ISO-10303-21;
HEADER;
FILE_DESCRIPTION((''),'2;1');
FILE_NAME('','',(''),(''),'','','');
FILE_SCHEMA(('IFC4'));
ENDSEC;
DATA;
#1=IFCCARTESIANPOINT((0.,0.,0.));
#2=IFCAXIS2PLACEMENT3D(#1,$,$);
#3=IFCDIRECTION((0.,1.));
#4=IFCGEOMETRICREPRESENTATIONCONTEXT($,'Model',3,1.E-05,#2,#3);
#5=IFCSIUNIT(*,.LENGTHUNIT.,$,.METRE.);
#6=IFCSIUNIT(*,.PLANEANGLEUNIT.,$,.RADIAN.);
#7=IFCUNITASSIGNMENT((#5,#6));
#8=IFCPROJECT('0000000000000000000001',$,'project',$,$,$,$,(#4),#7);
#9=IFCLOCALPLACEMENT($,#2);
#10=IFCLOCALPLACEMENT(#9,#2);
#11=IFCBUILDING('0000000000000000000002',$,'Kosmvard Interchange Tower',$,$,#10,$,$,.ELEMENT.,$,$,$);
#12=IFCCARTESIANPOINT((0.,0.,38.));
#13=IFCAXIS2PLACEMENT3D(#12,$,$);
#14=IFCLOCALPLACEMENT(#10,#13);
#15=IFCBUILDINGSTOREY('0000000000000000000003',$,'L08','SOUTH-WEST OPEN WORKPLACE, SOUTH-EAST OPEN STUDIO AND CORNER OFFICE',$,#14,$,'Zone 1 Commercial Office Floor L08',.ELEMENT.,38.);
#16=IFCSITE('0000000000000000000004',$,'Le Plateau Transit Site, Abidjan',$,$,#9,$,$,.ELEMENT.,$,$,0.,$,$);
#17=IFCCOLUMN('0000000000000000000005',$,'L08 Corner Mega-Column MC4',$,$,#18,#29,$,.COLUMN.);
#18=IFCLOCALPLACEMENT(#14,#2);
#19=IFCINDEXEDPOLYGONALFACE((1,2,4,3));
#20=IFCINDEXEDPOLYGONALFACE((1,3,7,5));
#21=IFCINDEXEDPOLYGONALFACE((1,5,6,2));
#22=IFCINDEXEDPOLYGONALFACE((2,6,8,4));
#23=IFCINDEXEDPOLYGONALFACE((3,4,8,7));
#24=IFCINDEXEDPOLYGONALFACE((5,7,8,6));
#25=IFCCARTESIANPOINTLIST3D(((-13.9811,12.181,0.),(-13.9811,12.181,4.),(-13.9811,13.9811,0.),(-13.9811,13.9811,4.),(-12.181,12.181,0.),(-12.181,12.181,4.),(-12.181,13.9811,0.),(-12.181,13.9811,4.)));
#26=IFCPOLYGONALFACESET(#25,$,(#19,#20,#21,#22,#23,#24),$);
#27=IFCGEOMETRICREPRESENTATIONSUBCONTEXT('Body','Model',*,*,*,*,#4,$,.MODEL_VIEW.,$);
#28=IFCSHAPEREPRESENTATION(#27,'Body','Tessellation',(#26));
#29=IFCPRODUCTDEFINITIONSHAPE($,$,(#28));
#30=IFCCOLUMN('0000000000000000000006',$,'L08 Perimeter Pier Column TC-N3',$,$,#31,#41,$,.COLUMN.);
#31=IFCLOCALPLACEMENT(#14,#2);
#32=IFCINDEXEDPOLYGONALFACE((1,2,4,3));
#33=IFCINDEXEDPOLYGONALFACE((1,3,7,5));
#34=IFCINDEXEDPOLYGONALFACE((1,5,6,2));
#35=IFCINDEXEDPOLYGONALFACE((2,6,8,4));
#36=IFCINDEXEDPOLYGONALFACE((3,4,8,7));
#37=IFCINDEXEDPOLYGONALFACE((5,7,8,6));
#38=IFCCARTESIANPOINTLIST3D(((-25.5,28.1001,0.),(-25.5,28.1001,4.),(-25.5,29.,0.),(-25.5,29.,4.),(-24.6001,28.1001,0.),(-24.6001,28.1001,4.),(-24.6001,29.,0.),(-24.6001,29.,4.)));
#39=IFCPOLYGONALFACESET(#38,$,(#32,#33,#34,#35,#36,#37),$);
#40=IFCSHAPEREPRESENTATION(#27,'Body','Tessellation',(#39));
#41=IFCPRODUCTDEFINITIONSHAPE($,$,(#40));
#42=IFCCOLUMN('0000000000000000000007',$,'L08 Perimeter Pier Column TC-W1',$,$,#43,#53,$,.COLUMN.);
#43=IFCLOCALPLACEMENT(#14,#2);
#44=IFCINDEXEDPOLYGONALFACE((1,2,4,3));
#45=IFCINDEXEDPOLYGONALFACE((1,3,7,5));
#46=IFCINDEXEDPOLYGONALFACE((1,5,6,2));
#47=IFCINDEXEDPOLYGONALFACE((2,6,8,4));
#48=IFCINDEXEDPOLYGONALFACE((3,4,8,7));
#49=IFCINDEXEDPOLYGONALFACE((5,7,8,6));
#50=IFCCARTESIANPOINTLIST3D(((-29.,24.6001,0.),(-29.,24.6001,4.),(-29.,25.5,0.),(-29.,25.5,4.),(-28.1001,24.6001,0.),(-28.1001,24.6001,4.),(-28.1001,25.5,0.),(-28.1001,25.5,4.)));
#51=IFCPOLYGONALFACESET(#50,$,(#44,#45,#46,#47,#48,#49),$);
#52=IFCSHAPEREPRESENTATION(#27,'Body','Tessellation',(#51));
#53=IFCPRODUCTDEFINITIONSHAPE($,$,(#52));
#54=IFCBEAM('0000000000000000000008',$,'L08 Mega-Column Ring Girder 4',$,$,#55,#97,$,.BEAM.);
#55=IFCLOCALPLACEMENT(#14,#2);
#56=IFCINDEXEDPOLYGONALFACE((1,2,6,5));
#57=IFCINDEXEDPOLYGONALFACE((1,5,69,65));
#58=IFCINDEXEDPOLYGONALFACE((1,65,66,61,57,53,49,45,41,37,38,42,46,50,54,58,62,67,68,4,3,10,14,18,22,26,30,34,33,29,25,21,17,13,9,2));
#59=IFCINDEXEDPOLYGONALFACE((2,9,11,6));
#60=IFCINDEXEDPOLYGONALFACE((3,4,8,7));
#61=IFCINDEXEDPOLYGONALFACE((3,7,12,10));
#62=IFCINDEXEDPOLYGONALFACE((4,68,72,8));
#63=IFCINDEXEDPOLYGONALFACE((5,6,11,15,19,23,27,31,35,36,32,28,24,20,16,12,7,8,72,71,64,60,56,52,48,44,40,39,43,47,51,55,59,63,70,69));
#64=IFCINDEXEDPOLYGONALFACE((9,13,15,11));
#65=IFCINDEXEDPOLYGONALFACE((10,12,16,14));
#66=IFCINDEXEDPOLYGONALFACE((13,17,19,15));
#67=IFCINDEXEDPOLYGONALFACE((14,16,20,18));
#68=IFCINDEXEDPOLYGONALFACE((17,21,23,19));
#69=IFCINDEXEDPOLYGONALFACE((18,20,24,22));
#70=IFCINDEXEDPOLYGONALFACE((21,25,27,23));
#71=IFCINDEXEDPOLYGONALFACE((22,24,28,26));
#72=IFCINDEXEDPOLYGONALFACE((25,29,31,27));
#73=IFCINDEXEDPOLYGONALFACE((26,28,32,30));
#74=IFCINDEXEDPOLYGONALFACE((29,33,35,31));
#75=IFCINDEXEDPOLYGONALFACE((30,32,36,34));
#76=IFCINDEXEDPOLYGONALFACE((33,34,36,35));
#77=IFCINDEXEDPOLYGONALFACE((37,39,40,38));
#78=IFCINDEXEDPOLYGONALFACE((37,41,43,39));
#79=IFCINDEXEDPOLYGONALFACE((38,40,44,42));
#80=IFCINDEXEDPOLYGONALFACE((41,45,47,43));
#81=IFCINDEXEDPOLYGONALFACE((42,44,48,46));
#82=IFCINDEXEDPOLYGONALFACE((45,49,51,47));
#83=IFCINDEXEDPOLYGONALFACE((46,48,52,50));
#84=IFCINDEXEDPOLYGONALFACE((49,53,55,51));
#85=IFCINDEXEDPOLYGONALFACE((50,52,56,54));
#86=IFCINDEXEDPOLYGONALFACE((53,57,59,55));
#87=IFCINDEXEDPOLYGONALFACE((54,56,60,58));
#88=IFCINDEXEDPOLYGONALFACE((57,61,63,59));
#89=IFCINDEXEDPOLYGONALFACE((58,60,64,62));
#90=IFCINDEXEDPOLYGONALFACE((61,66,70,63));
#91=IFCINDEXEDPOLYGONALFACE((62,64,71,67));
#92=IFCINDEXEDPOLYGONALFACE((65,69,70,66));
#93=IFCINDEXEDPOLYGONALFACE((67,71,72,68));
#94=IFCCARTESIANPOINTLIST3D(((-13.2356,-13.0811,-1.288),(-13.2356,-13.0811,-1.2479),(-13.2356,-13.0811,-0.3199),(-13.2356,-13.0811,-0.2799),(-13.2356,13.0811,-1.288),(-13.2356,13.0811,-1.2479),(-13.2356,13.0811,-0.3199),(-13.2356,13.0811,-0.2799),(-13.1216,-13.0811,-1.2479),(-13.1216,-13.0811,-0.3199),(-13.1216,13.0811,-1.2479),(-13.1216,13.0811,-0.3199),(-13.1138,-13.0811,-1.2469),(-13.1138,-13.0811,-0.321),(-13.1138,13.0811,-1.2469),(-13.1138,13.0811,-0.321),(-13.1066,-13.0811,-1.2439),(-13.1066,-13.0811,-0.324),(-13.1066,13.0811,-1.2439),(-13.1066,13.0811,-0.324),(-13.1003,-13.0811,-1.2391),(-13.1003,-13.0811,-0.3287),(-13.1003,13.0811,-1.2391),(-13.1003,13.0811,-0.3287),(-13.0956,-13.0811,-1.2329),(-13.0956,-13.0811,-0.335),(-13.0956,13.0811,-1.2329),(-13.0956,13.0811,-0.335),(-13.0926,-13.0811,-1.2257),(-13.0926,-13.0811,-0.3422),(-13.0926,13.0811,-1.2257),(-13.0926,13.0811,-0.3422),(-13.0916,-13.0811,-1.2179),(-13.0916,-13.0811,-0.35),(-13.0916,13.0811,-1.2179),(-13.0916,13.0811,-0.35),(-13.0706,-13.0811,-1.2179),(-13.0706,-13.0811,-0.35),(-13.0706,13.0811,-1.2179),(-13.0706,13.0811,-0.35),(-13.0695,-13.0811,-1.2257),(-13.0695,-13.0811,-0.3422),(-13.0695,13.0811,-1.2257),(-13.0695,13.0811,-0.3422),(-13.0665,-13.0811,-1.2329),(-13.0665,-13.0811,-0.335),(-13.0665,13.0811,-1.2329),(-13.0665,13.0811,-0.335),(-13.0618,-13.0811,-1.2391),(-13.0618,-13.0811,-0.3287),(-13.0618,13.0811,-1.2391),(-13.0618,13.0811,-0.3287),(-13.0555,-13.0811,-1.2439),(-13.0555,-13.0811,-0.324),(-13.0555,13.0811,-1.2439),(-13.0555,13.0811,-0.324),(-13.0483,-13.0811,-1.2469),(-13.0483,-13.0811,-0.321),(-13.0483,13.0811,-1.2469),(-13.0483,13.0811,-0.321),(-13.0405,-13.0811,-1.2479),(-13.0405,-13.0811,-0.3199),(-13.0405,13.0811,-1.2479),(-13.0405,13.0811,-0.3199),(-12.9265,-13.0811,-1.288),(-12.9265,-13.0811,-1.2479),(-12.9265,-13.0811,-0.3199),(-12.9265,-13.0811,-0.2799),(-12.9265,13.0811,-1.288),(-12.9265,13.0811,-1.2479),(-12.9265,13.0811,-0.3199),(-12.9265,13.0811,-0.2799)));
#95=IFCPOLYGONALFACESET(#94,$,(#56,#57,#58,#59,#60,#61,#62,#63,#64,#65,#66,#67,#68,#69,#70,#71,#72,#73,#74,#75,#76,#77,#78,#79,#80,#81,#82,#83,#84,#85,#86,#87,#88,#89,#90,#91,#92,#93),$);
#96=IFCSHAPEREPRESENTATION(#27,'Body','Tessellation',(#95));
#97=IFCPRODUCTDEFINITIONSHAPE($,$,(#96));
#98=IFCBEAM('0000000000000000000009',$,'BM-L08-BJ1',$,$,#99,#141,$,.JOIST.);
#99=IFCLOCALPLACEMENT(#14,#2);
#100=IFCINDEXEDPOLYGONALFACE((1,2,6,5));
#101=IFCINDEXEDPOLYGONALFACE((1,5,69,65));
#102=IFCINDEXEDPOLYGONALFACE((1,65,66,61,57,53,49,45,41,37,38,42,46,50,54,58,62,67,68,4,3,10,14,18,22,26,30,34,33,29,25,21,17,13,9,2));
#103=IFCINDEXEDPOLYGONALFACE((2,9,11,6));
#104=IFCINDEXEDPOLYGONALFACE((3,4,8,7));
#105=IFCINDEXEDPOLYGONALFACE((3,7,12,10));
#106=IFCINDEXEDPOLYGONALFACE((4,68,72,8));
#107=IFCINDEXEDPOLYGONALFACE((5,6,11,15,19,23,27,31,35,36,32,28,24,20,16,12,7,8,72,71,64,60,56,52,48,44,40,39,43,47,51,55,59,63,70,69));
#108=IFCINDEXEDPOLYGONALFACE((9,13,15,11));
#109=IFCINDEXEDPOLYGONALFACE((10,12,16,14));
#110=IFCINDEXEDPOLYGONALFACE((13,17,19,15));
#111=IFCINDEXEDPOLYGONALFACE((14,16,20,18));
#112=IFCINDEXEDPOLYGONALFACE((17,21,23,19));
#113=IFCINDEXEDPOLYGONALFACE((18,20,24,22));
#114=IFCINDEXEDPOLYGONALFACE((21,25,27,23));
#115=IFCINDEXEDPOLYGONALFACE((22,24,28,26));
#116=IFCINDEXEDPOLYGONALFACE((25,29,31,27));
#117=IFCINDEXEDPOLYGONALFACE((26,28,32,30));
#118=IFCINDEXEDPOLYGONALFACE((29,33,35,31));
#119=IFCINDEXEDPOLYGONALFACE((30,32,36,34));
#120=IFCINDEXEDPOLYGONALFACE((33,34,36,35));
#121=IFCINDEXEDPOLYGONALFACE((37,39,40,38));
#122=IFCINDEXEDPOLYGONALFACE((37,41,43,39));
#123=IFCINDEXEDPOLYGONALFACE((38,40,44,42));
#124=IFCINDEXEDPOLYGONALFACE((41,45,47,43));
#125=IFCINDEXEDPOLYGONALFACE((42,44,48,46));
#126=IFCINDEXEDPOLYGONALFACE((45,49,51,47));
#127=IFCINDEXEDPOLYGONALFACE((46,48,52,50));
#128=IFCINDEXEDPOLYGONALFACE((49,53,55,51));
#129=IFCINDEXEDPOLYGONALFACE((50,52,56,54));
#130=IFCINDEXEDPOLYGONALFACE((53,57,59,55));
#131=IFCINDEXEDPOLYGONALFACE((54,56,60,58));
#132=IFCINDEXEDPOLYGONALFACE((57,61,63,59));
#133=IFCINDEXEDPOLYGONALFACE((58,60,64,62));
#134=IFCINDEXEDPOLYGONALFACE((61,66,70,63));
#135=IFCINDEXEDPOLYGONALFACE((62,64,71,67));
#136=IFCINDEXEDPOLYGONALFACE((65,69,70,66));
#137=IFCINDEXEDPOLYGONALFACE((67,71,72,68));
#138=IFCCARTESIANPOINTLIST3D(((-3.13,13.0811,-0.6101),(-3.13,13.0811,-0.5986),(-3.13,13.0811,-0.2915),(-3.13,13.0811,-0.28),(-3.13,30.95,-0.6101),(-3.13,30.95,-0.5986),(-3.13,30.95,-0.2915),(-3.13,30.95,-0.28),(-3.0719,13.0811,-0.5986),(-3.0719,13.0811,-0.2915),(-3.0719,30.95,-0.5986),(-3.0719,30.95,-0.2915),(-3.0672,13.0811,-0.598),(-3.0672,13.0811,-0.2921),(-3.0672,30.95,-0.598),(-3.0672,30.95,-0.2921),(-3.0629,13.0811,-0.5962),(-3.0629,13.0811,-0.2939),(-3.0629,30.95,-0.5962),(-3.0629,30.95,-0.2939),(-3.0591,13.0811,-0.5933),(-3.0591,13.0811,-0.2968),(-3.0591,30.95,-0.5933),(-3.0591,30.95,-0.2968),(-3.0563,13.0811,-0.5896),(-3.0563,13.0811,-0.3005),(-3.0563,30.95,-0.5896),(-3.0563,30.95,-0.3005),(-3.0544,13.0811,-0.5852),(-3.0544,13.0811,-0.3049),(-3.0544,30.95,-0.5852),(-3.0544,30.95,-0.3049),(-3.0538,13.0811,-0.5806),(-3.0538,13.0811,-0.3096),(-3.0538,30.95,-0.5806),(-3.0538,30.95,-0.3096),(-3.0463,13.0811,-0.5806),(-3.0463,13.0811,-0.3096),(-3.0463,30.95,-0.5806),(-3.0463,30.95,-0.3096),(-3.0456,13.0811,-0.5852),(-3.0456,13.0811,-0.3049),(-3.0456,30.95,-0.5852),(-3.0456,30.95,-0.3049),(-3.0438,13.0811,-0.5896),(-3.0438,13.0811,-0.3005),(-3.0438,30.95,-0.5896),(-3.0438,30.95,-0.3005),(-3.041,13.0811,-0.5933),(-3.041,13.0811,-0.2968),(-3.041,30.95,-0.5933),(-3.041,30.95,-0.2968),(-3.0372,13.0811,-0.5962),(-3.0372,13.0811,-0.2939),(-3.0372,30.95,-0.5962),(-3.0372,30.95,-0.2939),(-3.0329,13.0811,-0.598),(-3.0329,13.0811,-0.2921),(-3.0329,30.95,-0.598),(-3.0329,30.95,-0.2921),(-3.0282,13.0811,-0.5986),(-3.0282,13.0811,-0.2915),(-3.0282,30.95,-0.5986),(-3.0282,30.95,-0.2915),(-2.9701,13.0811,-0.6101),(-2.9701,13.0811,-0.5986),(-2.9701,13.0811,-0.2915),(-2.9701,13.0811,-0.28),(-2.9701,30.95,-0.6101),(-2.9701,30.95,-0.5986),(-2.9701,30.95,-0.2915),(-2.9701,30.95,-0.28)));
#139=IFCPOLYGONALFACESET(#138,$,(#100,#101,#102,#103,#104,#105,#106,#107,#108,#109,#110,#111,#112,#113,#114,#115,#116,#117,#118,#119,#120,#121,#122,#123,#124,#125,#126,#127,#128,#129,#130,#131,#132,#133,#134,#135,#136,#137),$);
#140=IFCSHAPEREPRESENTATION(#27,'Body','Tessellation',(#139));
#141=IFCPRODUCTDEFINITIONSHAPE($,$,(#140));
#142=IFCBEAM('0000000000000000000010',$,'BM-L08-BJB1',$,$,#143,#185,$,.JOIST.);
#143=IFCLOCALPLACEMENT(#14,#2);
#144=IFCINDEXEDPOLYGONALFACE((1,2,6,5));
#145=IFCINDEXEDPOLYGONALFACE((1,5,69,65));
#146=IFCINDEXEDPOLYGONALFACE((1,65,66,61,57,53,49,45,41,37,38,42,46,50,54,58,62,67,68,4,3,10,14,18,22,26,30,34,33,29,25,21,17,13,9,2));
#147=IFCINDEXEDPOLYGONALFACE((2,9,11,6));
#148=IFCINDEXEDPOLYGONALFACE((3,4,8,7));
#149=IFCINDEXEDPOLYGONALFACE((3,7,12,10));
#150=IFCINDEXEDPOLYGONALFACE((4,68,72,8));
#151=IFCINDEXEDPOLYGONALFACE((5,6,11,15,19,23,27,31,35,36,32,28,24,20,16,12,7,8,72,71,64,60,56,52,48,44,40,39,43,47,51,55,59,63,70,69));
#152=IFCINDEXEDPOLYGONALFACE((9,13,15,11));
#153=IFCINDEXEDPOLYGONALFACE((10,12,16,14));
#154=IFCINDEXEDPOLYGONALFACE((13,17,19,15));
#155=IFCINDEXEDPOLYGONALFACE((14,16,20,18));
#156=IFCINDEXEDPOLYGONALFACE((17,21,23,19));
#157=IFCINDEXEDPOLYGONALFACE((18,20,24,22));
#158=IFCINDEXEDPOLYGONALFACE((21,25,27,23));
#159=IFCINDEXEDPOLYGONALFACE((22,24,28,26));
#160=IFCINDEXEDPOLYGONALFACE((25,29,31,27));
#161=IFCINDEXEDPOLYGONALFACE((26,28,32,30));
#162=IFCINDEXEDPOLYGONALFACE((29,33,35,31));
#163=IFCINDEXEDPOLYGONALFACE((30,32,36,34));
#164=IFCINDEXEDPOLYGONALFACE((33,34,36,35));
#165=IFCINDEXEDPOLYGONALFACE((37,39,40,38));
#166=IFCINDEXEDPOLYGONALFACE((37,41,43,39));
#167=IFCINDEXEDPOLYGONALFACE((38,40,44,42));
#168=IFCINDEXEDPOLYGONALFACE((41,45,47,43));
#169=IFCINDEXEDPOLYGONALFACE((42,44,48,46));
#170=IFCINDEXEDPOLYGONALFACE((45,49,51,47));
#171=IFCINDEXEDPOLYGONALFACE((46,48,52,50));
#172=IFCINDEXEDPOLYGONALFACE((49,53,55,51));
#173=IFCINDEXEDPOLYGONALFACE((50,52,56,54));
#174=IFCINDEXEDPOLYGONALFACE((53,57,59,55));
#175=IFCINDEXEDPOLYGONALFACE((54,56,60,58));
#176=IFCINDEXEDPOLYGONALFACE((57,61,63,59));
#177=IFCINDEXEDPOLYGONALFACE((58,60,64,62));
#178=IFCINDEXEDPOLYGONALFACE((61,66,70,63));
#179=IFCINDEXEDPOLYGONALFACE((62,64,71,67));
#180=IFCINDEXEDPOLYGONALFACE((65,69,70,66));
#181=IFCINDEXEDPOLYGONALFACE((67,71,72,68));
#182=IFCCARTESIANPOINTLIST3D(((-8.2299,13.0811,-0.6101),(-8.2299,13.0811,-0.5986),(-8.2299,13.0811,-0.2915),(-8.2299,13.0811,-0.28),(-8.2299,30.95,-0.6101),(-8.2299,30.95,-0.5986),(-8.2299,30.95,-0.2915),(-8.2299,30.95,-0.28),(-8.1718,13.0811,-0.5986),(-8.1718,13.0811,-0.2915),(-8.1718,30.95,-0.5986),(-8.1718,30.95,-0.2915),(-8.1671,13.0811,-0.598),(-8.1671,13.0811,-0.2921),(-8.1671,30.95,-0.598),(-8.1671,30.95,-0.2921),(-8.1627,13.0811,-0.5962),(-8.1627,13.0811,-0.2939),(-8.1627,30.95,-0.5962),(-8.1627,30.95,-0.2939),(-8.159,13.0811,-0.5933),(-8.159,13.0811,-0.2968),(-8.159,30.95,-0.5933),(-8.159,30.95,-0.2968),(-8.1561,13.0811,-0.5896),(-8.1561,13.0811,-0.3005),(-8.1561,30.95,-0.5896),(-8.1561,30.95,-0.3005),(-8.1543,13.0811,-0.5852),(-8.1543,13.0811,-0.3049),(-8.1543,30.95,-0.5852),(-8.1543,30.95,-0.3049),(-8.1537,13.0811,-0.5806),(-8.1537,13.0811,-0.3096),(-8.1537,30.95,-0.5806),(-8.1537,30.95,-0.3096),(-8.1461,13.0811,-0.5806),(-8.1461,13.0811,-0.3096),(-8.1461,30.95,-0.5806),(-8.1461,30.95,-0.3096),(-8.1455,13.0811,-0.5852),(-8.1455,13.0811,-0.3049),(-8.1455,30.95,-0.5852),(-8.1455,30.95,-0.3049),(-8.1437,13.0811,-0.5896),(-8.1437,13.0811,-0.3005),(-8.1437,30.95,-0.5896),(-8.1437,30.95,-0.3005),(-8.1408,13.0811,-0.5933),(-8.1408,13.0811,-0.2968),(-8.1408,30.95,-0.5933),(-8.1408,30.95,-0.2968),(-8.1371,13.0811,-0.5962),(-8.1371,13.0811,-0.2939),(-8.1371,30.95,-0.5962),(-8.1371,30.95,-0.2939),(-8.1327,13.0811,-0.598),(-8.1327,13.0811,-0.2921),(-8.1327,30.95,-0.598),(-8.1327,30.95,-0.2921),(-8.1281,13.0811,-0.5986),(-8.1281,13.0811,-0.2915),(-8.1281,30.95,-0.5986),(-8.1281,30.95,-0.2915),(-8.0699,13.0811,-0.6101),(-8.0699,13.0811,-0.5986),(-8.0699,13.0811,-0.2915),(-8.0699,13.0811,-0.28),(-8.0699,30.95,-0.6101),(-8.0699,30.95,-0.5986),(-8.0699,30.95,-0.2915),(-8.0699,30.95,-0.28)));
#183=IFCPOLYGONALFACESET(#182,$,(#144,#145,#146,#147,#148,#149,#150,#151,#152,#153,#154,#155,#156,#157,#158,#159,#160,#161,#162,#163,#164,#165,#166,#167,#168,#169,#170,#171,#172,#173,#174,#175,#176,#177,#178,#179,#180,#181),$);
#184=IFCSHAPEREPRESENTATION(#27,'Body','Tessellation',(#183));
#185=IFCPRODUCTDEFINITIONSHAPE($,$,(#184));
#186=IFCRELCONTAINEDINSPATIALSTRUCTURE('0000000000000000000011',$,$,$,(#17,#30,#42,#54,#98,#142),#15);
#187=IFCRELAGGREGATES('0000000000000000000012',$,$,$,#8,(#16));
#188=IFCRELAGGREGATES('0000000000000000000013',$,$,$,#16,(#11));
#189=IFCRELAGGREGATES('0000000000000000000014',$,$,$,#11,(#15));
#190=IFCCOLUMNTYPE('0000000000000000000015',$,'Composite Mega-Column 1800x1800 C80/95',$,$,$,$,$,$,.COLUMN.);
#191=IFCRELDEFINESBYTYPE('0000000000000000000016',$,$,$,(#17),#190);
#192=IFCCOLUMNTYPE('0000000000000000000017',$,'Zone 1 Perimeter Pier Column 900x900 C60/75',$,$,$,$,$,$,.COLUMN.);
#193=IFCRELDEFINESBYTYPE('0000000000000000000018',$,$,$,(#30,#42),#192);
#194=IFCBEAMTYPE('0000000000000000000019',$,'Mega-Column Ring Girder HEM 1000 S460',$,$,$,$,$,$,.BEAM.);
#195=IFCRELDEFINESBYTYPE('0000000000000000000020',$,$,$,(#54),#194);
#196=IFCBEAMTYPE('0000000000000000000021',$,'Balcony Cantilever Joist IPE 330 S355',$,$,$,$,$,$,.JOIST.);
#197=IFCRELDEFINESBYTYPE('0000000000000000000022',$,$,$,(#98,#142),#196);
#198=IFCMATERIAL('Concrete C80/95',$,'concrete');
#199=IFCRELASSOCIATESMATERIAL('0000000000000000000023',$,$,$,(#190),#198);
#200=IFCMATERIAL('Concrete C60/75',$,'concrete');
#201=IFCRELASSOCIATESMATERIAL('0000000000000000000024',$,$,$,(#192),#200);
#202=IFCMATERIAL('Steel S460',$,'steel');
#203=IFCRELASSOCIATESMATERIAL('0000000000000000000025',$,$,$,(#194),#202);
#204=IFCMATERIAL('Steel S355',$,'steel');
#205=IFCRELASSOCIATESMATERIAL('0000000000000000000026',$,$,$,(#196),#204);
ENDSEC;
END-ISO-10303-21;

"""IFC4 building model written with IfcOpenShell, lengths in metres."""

from ifc_helpers import new_model, si_unit, direction, frame, origin, origin_2d, place, context, subcontext, project, spatial, rectangle, i_section, extrude, source, transform, mapped, material, material_profile, profile_set, type_object, element, save


model = new_model("IFC4")

# Units and contexts
model_context = context("Model", 3, precision=1e-05, world=origin(), true_north=direction((0.0, 1.0)))
body_context = subcontext(model_context, "Body", "Model", "MODEL_VIEW")
ifc_project = project(units=[si_unit("LENGTHUNIT", "METRE"), si_unit("PLANEANGLEUNIT", "RADIAN")], contexts=[model_context])

# Site, building, storey
site_placement = place(None, origin())
site = spatial("IfcSite", under=ifc_project, at=site_placement, Name="Le Plateau Transit Site, Abidjan", CompositionType="ELEMENT", RefElevation=0.0)
building_placement = place(site_placement, origin())
building = spatial("IfcBuilding", under=site, at=building_placement, Name="Kosmvard Interchange Tower", CompositionType="ELEMENT")
storey_placement = place(building_placement, frame((0.0, 0.0, 38.0)))
storey = spatial("IfcBuildingStorey", under=building, at=storey_placement, Name="L08", Description="SOUTH-WEST OPEN WORKPLACE, SOUTH-EAST OPEN STUDIO AND CORNER OFFICE", LongName="Zone 1 Commercial Office Floor L08", CompositionType="ELEMENT", Elevation=38.0)

# Columns
ifc_material_1 = material(Name="Concrete C80/95", Category="concrete")
ifc_material_profile_1 = material_profile(ifc_material_1, rectangle(XDim=1.8, YDim=1.8, at=origin_2d()), Name="MC 1800x1800")
ifc_profile_set_1 = profile_set([ifc_material_profile_1], Name="Concrete C80/95")
column_type_1 = type_object("IfcColumnType", Name="Composite Mega-Column 1800x1800 C80/95", PredefinedType="COLUMN", material=ifc_profile_set_1)
shared_shape_1 = source(origin(), body_context, "Body", "SweptSolid", [
    extrude(rectangle(XDim=1.8, YDim=1.8, at=origin_2d()), origin(), (0.0, 0.0, 1.0), 4.0),
])
column_placement = place(storey_placement, frame((-13.0811, 13.0811, 0.0), z_axis=(0.0, 0.0, 1.0), x_axis=(1.0, 0.0, 0.0)))
element("IfcColumn", 1, at=column_placement, inside=storey, type_object=column_type_1, Name="L08 Corner Mega-Column MC4", PredefinedType="COLUMN", context=body_context, shape_type="MappedRepresentation", body=[
    mapped(shared_shape_1, transform((0.0, 0.0, 0.0), scale=1.0)),
])
ifc_material_2 = material(Name="Concrete C60/75", Category="concrete")
ifc_material_profile_2 = material_profile(ifc_material_2, rectangle(XDim=0.8999, YDim=0.8999, at=origin_2d()), Name="TC 900x900")
ifc_profile_set_2 = profile_set([ifc_material_profile_2], Name="Concrete C60/75")
column_type_2 = type_object("IfcColumnType", Name="Zone 1 Perimeter Pier Column 900x900 C60/75", PredefinedType="COLUMN", material=ifc_profile_set_2)
shared_shape_2 = source(origin(), body_context, "Body", "SweptSolid", [
    extrude(rectangle(XDim=0.8999, YDim=0.8999, at=origin_2d()), origin(), (0.0, 0.0, 1.0), 4.0),
])
for number, where, z_axis, x_axis, name in (
    (2, (-25.05, 28.55, 0.0), (0.0, 0.0, 1.0), (1.0, 0.0, 0.0), "L08 Perimeter Pier Column TC-N3"),
    (3, (-28.55, 25.05, 0.0), (0.0, 0.0, 1.0), (1.0, 0.0, 0.0), "L08 Perimeter Pier Column TC-W1"),
):
    element("IfcColumn", number, at=place(storey_placement, frame(where, z_axis=z_axis, x_axis=x_axis)), inside=storey, type_object=column_type_2, Name=name, PredefinedType="COLUMN", context=body_context, shape_type="MappedRepresentation", body=[
        mapped(shared_shape_2, transform((0.0, 0.0, 0.0), scale=1.0)),
    ])

# Beams
ifc_material_3 = material(Name="Steel S460", Category="steel")
ifc_material_profile_3 = material_profile(ifc_material_3, i_section(OverallWidth=0.3091, OverallDepth=1.0081, WebThickness=0.021, FlangeThickness=0.04, FilletRadius=0.03, at=origin_2d()), Name="HEM 1000")
ifc_profile_set_3 = profile_set([ifc_material_profile_3], Name="Steel S460")
beam_type_1 = type_object("IfcBeamType", Name="Mega-Column Ring Girder HEM 1000 S460", PredefinedType="BEAM", material=ifc_profile_set_3)
shared_shape_3 = source(origin(), body_context, "Body", "SweptSolid", [
    extrude(i_section(OverallWidth=0.3091, OverallDepth=1.0081, WebThickness=0.021, FlangeThickness=0.04, FilletRadius=0.03, at=origin_2d()), origin(), (0.0, 0.0, 1.0), 26.1621),
])
beam_1_placement = place(storey_placement, frame((-13.0811, 13.0811, -0.7839), z_axis=(0.0, -1.0, 0.0), x_axis=(1.0, 0.0, 0.0)))
element("IfcBeam", 4, at=beam_1_placement, inside=storey, type_object=beam_type_1, Name="L08 Mega-Column Ring Girder 4", PredefinedType="BEAM", context=body_context, shape_type="MappedRepresentation", body=[
    mapped(shared_shape_3, transform((0.0, 0.0, 0.0), scale=1.0)),
])
ifc_material_4 = material(Name="Steel S355", Category="steel")
ifc_material_profile_4 = material_profile(ifc_material_4, i_section(OverallWidth=0.1599, OverallDepth=0.3301, WebThickness=0.0076, FlangeThickness=0.0115, FilletRadius=0.0181, at=origin_2d()), Name="IPE 330")
ifc_profile_set_4 = profile_set([ifc_material_profile_4], Name="Steel S355")
beam_type_2 = type_object("IfcBeamType", Name="Balcony Cantilever Joist IPE 330 S355", PredefinedType="JOIST", material=ifc_profile_set_4)
shared_shape_4 = source(origin(), body_context, "Body", "SweptSolid", [
    extrude(i_section(OverallWidth=0.1599, OverallDepth=0.3301, WebThickness=0.0076, FlangeThickness=0.0115, FilletRadius=0.0181, at=origin_2d()), origin(), (0.0, 0.0, 1.0), 17.8689),
])
for number, where, z_axis, x_axis, name in (
    (5, (-3.05, 13.0811, -0.4451), (0.0, 1.0, 0.0), (-1.0, 0.0, 0.0), "BM-L08-BJ1"),
    (6, (-8.1499, 13.0811, -0.4451), (0.0, 1.0, 0.0), (-1.0, 0.0, 0.0), "BM-L08-BJB1"),
):
    element("IfcBeam", number, at=place(storey_placement, frame(where, z_axis=z_axis, x_axis=x_axis)), inside=storey, type_object=beam_type_2, Name=name, PredefinedType="JOIST", context=body_context, shape_type="MappedRepresentation", body=[
        mapped(shared_shape_4, transform((0.0, 0.0, 0.0), scale=1.0)),
    ])

save(model, "model.ifc")
